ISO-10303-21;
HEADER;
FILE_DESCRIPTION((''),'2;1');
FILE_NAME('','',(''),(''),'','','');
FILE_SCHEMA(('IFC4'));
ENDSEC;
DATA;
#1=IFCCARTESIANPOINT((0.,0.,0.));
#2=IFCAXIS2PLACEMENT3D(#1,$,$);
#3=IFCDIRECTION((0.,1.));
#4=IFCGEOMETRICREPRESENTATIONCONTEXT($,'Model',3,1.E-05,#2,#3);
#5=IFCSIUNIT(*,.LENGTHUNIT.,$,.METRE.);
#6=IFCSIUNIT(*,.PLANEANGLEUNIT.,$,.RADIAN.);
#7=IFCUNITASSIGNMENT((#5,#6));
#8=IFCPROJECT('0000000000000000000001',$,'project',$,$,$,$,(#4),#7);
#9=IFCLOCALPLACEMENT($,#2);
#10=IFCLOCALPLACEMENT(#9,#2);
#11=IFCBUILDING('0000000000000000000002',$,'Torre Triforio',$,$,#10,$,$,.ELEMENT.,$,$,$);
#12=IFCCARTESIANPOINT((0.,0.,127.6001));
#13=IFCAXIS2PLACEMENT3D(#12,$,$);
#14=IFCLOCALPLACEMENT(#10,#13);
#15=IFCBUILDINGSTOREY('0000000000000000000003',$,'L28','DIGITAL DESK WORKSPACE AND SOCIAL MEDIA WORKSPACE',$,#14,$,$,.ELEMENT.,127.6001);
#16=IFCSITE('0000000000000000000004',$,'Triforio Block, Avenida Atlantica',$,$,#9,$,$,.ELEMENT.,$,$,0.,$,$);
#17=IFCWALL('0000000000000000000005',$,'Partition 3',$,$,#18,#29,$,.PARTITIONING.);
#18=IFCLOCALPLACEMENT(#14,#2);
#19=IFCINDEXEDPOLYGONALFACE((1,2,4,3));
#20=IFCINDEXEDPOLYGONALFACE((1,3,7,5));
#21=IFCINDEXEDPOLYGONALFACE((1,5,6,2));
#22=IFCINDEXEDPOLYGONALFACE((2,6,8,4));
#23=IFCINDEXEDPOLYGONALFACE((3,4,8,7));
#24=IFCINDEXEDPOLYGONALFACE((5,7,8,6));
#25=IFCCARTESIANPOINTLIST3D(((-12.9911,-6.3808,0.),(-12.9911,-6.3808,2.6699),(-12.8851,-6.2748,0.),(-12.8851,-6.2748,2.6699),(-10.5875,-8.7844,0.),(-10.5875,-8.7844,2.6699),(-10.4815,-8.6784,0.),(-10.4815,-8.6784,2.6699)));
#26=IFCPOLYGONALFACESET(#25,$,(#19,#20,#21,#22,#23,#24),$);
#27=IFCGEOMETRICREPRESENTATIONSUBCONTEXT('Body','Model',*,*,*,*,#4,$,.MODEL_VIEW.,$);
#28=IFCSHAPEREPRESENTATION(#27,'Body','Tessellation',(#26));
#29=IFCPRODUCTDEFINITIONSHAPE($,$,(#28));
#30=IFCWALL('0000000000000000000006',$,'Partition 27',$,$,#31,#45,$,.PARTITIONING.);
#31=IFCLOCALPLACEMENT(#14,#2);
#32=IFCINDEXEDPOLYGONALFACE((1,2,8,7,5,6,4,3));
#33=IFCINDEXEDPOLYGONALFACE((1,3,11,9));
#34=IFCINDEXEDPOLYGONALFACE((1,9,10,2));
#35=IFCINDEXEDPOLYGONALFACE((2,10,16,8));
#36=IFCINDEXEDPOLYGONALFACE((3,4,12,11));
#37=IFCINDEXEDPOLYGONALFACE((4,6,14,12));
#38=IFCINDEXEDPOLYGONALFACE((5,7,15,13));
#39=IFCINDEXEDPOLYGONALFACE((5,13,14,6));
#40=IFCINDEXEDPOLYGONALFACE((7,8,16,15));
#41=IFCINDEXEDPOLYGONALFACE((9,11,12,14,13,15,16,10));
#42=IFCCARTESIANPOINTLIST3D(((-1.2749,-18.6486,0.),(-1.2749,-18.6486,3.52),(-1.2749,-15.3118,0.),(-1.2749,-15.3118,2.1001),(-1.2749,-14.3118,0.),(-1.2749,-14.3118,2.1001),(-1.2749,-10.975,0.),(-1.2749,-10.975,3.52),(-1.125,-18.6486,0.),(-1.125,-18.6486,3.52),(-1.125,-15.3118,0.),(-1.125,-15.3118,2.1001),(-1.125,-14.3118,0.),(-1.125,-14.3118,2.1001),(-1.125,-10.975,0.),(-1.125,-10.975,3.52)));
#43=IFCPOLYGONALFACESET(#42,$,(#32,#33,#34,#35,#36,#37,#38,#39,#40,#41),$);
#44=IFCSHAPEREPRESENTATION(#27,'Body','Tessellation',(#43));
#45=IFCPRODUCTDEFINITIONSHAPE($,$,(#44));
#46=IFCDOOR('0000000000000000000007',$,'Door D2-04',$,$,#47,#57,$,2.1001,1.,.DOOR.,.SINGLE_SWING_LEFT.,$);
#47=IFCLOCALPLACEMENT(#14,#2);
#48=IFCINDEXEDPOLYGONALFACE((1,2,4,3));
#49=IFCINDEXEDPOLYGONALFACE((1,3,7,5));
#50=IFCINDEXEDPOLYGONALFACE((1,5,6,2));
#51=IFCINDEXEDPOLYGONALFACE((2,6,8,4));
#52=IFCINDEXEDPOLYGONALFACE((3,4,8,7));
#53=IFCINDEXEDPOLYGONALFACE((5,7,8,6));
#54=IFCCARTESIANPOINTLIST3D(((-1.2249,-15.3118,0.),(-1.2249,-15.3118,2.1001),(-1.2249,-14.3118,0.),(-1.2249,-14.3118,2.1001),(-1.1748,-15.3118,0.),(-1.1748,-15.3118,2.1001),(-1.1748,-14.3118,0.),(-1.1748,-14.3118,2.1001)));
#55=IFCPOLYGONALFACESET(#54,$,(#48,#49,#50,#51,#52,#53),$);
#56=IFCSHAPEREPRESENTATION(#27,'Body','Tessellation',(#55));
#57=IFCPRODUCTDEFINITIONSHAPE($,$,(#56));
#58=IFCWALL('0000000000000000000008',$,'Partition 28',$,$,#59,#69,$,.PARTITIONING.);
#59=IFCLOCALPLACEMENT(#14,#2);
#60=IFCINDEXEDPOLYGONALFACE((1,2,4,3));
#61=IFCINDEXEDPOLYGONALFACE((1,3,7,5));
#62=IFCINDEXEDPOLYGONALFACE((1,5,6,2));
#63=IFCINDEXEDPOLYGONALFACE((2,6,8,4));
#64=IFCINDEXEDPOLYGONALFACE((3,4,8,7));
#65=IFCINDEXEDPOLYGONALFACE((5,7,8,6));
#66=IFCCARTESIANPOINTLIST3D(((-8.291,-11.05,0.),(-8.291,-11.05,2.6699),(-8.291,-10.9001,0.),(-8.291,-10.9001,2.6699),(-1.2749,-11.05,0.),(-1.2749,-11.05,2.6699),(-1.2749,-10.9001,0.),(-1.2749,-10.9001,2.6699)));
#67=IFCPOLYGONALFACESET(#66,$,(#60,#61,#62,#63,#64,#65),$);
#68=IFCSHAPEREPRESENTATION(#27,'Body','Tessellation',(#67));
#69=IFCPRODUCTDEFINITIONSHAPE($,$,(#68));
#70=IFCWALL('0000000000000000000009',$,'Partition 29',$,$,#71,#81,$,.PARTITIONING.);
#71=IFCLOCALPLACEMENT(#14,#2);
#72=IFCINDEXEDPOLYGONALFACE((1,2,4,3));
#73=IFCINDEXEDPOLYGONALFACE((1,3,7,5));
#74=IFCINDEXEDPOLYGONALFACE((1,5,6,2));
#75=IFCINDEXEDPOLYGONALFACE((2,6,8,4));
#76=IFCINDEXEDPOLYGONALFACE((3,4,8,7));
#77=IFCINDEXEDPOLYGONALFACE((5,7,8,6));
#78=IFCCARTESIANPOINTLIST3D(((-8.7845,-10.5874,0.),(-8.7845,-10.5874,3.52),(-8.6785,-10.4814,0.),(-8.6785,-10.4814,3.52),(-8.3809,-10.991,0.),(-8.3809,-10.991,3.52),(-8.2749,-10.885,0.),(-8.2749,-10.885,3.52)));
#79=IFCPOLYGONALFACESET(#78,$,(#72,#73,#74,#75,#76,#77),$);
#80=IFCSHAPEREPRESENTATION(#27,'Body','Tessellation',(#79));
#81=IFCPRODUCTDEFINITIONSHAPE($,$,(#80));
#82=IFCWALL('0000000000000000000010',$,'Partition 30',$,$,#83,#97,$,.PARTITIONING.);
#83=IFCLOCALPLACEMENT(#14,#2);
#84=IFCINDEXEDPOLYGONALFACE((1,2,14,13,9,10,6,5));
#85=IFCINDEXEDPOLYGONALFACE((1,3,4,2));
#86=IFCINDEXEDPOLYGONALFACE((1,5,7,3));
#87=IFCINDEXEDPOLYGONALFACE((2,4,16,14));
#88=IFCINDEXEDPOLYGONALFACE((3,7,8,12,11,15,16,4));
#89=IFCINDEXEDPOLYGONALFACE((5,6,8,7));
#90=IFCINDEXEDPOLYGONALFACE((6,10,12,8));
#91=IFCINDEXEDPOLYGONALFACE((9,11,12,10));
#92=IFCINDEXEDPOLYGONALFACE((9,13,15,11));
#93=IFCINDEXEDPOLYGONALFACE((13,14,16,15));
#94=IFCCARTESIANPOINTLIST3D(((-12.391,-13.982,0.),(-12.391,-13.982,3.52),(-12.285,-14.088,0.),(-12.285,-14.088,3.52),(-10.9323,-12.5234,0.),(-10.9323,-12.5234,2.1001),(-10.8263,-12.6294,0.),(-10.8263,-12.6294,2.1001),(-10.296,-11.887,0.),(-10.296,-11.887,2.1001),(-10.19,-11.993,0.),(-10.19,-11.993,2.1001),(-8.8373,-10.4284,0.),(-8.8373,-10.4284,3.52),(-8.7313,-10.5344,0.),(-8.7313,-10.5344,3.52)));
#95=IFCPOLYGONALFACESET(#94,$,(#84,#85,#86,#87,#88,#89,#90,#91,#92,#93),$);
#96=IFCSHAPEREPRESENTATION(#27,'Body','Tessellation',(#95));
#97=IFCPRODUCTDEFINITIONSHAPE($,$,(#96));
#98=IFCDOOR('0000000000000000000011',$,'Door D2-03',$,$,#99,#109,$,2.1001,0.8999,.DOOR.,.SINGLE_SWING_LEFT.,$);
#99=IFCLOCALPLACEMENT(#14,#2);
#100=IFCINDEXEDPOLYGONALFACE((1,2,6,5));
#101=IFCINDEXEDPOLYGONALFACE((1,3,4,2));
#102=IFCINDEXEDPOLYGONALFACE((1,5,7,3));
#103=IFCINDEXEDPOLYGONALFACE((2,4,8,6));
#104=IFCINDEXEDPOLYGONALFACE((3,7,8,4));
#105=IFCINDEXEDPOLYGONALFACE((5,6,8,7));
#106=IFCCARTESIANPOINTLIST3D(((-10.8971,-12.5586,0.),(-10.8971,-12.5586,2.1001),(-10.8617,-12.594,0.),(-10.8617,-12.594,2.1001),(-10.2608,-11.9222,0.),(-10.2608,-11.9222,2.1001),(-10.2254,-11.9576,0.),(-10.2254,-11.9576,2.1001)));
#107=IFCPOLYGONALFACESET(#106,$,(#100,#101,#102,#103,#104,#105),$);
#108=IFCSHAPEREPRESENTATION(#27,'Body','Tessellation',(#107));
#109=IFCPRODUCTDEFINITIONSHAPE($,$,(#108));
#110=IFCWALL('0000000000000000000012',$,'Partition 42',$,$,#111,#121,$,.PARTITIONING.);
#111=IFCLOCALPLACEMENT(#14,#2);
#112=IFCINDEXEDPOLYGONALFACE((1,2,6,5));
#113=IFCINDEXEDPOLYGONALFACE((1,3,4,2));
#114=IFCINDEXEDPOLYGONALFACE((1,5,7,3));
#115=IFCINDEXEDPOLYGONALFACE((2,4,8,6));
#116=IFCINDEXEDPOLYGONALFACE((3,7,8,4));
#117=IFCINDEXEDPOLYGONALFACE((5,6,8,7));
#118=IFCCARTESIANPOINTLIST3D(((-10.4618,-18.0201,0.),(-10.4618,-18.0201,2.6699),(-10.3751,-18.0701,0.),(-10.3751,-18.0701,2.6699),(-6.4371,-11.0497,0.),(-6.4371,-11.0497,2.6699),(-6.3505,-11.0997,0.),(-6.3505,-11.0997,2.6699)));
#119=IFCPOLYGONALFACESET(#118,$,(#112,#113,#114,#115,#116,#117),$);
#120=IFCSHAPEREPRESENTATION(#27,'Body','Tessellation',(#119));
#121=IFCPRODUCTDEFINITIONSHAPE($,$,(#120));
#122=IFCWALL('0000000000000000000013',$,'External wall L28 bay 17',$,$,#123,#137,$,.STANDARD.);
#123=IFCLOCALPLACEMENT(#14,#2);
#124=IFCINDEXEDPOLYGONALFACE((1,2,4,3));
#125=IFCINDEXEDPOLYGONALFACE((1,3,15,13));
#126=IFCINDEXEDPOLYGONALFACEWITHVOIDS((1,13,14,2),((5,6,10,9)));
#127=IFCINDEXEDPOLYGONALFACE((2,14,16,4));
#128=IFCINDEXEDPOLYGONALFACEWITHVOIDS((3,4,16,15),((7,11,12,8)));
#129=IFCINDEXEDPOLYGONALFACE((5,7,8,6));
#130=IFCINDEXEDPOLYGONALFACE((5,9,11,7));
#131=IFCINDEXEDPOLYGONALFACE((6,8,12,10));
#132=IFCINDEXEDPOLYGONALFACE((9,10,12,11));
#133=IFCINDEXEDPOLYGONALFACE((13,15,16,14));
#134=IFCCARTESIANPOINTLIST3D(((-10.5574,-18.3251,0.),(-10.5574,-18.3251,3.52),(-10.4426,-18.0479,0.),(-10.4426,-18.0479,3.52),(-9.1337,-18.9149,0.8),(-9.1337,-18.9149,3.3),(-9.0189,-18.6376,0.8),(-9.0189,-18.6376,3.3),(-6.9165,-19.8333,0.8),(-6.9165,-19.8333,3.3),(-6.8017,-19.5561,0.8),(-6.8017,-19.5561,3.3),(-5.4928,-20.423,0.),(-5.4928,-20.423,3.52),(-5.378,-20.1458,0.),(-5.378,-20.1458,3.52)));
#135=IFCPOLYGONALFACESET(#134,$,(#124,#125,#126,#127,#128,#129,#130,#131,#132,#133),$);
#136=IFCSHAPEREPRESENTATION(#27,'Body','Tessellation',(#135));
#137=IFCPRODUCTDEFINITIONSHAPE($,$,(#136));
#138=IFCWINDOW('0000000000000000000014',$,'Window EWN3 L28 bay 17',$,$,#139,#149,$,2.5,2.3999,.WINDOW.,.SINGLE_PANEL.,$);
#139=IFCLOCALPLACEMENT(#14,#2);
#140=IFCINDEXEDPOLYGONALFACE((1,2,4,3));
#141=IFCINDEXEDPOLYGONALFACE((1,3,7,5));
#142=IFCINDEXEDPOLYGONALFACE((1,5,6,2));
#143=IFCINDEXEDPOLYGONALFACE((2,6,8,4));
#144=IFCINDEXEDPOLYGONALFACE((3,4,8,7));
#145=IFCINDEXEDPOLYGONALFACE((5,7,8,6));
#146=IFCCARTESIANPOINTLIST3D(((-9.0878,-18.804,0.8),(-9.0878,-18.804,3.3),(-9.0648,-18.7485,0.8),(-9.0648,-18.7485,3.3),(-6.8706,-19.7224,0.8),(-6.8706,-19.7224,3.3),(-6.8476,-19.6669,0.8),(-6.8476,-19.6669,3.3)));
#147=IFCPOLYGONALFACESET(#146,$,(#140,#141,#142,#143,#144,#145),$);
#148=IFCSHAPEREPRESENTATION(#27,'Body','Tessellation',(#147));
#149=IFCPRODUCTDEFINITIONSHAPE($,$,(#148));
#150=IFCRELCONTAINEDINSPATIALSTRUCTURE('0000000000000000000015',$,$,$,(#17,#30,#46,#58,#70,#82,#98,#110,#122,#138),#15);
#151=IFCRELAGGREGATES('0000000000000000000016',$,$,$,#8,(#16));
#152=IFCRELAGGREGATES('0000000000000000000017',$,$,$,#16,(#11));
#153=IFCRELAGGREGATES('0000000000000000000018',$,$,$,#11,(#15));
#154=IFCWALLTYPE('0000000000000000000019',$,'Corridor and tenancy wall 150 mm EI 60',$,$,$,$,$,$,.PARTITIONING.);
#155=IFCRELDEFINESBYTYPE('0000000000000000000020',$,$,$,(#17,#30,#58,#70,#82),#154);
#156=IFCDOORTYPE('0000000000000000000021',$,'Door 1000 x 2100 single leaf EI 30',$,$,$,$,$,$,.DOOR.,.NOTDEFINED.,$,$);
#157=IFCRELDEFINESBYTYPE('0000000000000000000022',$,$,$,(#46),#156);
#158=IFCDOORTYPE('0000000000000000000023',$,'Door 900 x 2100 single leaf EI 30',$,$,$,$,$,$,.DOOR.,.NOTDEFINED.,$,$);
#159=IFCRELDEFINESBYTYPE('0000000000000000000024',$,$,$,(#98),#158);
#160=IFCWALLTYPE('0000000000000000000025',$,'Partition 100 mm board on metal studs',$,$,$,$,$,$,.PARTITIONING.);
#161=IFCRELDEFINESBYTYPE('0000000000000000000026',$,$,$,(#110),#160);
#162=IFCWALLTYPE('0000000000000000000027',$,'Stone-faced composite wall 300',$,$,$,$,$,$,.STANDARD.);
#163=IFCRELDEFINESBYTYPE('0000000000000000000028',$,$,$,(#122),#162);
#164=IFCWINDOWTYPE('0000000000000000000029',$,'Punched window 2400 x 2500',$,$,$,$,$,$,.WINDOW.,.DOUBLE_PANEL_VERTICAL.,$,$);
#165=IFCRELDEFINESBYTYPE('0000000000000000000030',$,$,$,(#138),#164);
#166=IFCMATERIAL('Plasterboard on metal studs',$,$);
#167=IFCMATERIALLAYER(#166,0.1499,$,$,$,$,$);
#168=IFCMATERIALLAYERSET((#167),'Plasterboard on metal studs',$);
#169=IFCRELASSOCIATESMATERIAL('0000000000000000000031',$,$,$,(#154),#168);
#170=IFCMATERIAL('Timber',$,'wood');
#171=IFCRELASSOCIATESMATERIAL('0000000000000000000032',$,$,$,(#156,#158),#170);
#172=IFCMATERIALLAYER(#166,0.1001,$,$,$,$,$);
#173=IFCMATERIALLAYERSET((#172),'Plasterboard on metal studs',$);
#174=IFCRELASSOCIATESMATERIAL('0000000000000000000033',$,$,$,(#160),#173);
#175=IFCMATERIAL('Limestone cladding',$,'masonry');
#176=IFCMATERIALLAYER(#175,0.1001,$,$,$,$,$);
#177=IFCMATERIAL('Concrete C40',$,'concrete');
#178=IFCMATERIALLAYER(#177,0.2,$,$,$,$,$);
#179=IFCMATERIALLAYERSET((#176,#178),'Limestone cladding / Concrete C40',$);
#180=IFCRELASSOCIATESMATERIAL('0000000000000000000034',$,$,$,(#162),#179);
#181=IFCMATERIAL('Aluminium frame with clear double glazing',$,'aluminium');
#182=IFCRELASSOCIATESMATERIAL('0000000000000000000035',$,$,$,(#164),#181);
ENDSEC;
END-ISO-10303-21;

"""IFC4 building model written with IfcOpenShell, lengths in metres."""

from ifc_helpers import new_model, si_unit, direction, frame, frame_2d, origin, place, context, subcontext, project, spatial, rectangle, extrude, material, layer, layer_set, type_object, element, fill, save


model = new_model("IFC4")

# Units and contexts
model_context = context("Model", 3, precision=1e-05, world=origin(), true_north=direction((0.0, 1.0)))
body_context = subcontext(model_context, "Body", "Model", "MODEL_VIEW")
ifc_project = project(units=[si_unit("LENGTHUNIT", "METRE"), si_unit("PLANEANGLEUNIT", "RADIAN")], contexts=[model_context])

# Site, building, storey
site_placement = place(None, origin())
site = spatial("IfcSite", under=ifc_project, at=site_placement, Name="Triforio Block, Avenida Atlantica", CompositionType="ELEMENT", RefElevation=0.0)
building_placement = place(site_placement, origin())
building = spatial("IfcBuilding", under=site, at=building_placement, Name="Torre Triforio", CompositionType="ELEMENT")
storey_placement = place(building_placement, frame((0.0, 0.0, 127.6001)))
storey = spatial("IfcBuildingStorey", under=building, at=storey_placement, Name="L28", Description="DIGITAL DESK WORKSPACE AND SOCIAL MEDIA WORKSPACE", CompositionType="ELEMENT", Elevation=127.6001)

# Wall
ifc_material_1 = material(Name="Plasterboard on metal studs")
ifc_layer_1 = layer(ifc_material_1, 0.1499)
ifc_layer_set_1 = layer_set([ifc_layer_1], Name="Plasterboard on metal studs")
wall_type_1 = type_object("IfcWallType", Name="Corridor and tenancy wall 150 mm EI 60", PredefinedType="PARTITIONING", material=ifc_layer_set_1)
wall_1_placement = place(storey_placement, frame((-10.5344, -8.7314, 0.0), z_axis=(0.0, 0.0, 1.0), x_axis=(-0.707107, 0.707107, 0.0)))
element("IfcWall", 1, at=wall_1_placement, inside=storey, type_object=wall_type_1, Name="Partition 3", PredefinedType="PARTITIONING", context=body_context, shape_type="SweptSolid", body=[
    extrude(rectangle(XDim=3.3992, YDim=0.1499, at=frame_2d((1.6997, 0.0))), origin(), (0.0, 0.0, 1.0), 2.6699),
])

# Wall, opening, door
wall_2_placement = place(storey_placement, frame((-1.2, -18.6487, 0.0), z_axis=(0.0, 0.0, 1.0), x_axis=(0.0, 1.0, 0.0)))
wall_2 = element("IfcWall", 2, at=wall_2_placement, inside=storey, type_object=wall_type_1, Name="Partition 27", PredefinedType="PARTITIONING", context=body_context, shape_type="SweptSolid", body=[
    extrude(rectangle(XDim=7.6736, YDim=0.1499, at=frame_2d((3.8369, 0.0))), origin(), (0.0, 0.0, 1.0), 3.52),
])
opening_1_placement = place(wall_2_placement, frame((3.3369, 0.0, 0.0)))
opening_1 = element("IfcOpeningElement", 3, at=opening_1_placement, cuts=wall_2, PredefinedType="OPENING", context=body_context, shape_type="SweptSolid", body=[
    extrude(rectangle(XDim=1.0, YDim=2.1001, at=frame_2d((0.5, 1.05))), frame((0.0, 0.085, 0.0), z_axis=(0.0, -1.0, 0.0), x_axis=(1.0, 0.0, 0.0)), (0.0, 0.0, 1.0), 0.1699),
])
ifc_material_2 = material(Name="Timber", Category="wood")
door_type_1 = type_object("IfcDoorType", Name="Door 1000 x 2100 single leaf EI 30", OperationType="NOTDEFINED", PredefinedType="DOOR", material=ifc_material_2)
door_1_placement = place(opening_1_placement, origin())
door_1 = element("IfcDoor", 4, at=door_1_placement, inside=storey, type_object=door_type_1, Name="Door D2-04", OperationType="SINGLE_SWING_LEFT", OverallHeight=2.1001, OverallWidth=1.0, PredefinedType="DOOR", context=body_context, shape_type="SweptSolid", body=[
    extrude(rectangle(XDim=1.0, YDim=2.1001, at=frame_2d((0.5, 1.05))), frame((0.0, 0.0249, 0.0), z_axis=(0.0, -1.0, 0.0), x_axis=(1.0, 0.0, 0.0)), (0.0, 0.0, 1.0), 0.05),
])
fill(opening_1, door_1)

# Walls
wall_3_placement = place(storey_placement, frame((-1.2749, -10.9751, 0.0), z_axis=(0.0, 0.0, 1.0), x_axis=(-1.0, 0.0, 0.0)))
element("IfcWall", 5, at=wall_3_placement, inside=storey, type_object=wall_type_1, Name="Partition 28", PredefinedType="PARTITIONING", context=body_context, shape_type="SweptSolid", body=[
    extrude(rectangle(XDim=7.0161, YDim=0.1499, at=frame_2d((3.5081, 0.0))), origin(), (0.0, 0.0, 1.0), 2.6699),
])
wall_4_placement = place(storey_placement, frame((-8.3279, -10.938, 0.0), z_axis=(0.0, 0.0, 1.0), x_axis=(-0.707107, 0.707107, 0.0)))
element("IfcWall", 6, at=wall_4_placement, inside=storey, type_object=wall_type_1, Name="Partition 29", PredefinedType="PARTITIONING", context=body_context, shape_type="SweptSolid", body=[
    extrude(rectangle(XDim=0.5708, YDim=0.1499, at=frame_2d((0.2854, 0.0))), origin(), (0.0, 0.0, 1.0), 3.52),
])

# Wall, opening, door
wall_5_placement = place(storey_placement, frame((-8.7844, -10.4814, 0.0), z_axis=(0.0, 0.0, 1.0), x_axis=(-0.707107, -0.707107, 0.0)))
wall_5 = element("IfcWall", 7, at=wall_5_placement, inside=storey, type_object=wall_type_1, Name="Partition 30", PredefinedType="PARTITIONING", context=body_context, shape_type="SweptSolid", body=[
    extrude(rectangle(XDim=5.0256, YDim=0.1499, at=frame_2d((2.5127, 0.0))), origin(), (0.0, 0.0, 1.0), 3.52),
])
opening_2_placement = place(wall_5_placement, frame((2.0627, 0.0, 0.0)))
opening_2 = element("IfcOpeningElement", 8, at=opening_2_placement, cuts=wall_5, PredefinedType="OPENING", context=body_context, shape_type="SweptSolid", body=[
    extrude(rectangle(XDim=0.8999, YDim=2.1001, at=frame_2d((0.45, 1.05))), frame((0.0, 0.085, 0.0), z_axis=(0.0, -1.0, 0.0), x_axis=(1.0, 0.0, 0.0)), (0.0, 0.0, 1.0), 0.1699),
])
door_type_2 = type_object("IfcDoorType", Name="Door 900 x 2100 single leaf EI 30", OperationType="NOTDEFINED", PredefinedType="DOOR", material=ifc_material_2)
door_2_placement = place(opening_2_placement, origin())
door_2 = element("IfcDoor", 9, at=door_2_placement, inside=storey, type_object=door_type_2, Name="Door D2-03", OperationType="SINGLE_SWING_LEFT", OverallHeight=2.1001, OverallWidth=0.8999, PredefinedType="DOOR", context=body_context, shape_type="SweptSolid", body=[
    extrude(rectangle(XDim=0.8999, YDim=2.1001, at=frame_2d((0.45, 1.05))), frame((0.0, 0.0249, 0.0), z_axis=(0.0, -1.0, 0.0), x_axis=(1.0, 0.0, 0.0)), (0.0, 0.0, 1.0), 0.05),
])
fill(opening_2, door_2)

# Wall
ifc_layer_2 = layer(ifc_material_1, 0.1001)
ifc_layer_set_2 = layer_set([ifc_layer_2], Name="Plasterboard on metal studs")
wall_type_2 = type_object("IfcWallType", Name="Partition 100 mm board on metal studs", PredefinedType="PARTITIONING", material=ifc_layer_set_2)
wall_6_placement = place(storey_placement, frame((-6.3938, -11.0747, 0.0), z_axis=(0.0, 0.0, 1.0), x_axis=(-0.500024, -0.866011, 0.0)))
element("IfcWall", 10, at=wall_6_placement, inside=storey, type_object=wall_type_2, Name="Partition 42", PredefinedType="PARTITIONING", context=body_context, shape_type="SweptSolid", body=[
    extrude(rectangle(XDim=8.0488, YDim=0.1001, at=frame_2d((4.0244, 0.0))), origin(), (0.0, 0.0, 1.0), 2.6699),
])

# Wall, opening, window
ifc_material_3 = material(Name="Limestone cladding", Category="masonry")
ifc_layer_3 = layer(ifc_material_3, 0.1001)
ifc_material_4 = material(Name="Concrete C40", Category="concrete")
ifc_layer_4 = layer(ifc_material_4, 0.2)
ifc_layer_set_3 = layer_set([ifc_layer_3, ifc_layer_4], Name="Limestone cladding / Concrete C40")
wall_type_3 = type_object("IfcWallType", Name="Stone-faced composite wall 300", PredefinedType="STANDARD", material=ifc_layer_set_3)
wall_7_placement = place(storey_placement, frame((-10.5, -18.1865, 0.0), z_axis=(0.0, 0.0, 1.0), x_axis=(0.923877, -0.382689, 0.0)))
wall_7 = element("IfcWall", 11, at=wall_7_placement, inside=storey, type_object=wall_type_3, Name="External wall L28 bay 17", PredefinedType="STANDARD", context=body_context, shape_type="SweptSolid", body=[
    extrude(rectangle(XDim=5.4819, YDim=0.3, at=frame_2d((2.741, 0.0))), origin(), (0.0, 0.0, 1.0), 3.52),
])
opening_3_placement = place(wall_7_placement, frame((1.541, 0.0, 0.8)))
opening_3 = element("IfcOpeningElement", 12, at=opening_3_placement, cuts=wall_7, PredefinedType="OPENING", context=body_context, shape_type="SweptSolid", body=[
    extrude(rectangle(XDim=2.3999, YDim=2.5, at=frame_2d((1.2, 1.25))), frame((0.0, 0.1599, 0.0), z_axis=(0.0, -1.0, 0.0), x_axis=(1.0, 0.0, 0.0)), (0.0, 0.0, 1.0), 0.3201),
])
ifc_material_5 = material(Name="Aluminium frame with clear double glazing", Category="aluminium")
window_type_1 = type_object("IfcWindowType", Name="Punched window 2400 x 2500", PartitioningType="DOUBLE_PANEL_VERTICAL", PredefinedType="WINDOW", material=ifc_material_5)
window_1_placement = place(opening_3_placement, origin())
window_1 = element("IfcWindow", 13, at=window_1_placement, inside=storey, type_object=window_type_1, Name="Window EWN3 L28 bay 17", OverallHeight=2.5, OverallWidth=2.3999, PartitioningType="SINGLE_PANEL", PredefinedType="WINDOW", context=body_context, shape_type="SweptSolid", body=[
    extrude(rectangle(XDim=2.3999, YDim=2.5, at=frame_2d((1.2, 1.25))), frame((0.0, 0.03, 0.0), z_axis=(0.0, -1.0, 0.0), x_axis=(1.0, 0.0, 0.0)), (0.0, 0.0, 1.0), 0.0601),
])
fill(opening_3, window_1)

save(model, "model.ifc")
